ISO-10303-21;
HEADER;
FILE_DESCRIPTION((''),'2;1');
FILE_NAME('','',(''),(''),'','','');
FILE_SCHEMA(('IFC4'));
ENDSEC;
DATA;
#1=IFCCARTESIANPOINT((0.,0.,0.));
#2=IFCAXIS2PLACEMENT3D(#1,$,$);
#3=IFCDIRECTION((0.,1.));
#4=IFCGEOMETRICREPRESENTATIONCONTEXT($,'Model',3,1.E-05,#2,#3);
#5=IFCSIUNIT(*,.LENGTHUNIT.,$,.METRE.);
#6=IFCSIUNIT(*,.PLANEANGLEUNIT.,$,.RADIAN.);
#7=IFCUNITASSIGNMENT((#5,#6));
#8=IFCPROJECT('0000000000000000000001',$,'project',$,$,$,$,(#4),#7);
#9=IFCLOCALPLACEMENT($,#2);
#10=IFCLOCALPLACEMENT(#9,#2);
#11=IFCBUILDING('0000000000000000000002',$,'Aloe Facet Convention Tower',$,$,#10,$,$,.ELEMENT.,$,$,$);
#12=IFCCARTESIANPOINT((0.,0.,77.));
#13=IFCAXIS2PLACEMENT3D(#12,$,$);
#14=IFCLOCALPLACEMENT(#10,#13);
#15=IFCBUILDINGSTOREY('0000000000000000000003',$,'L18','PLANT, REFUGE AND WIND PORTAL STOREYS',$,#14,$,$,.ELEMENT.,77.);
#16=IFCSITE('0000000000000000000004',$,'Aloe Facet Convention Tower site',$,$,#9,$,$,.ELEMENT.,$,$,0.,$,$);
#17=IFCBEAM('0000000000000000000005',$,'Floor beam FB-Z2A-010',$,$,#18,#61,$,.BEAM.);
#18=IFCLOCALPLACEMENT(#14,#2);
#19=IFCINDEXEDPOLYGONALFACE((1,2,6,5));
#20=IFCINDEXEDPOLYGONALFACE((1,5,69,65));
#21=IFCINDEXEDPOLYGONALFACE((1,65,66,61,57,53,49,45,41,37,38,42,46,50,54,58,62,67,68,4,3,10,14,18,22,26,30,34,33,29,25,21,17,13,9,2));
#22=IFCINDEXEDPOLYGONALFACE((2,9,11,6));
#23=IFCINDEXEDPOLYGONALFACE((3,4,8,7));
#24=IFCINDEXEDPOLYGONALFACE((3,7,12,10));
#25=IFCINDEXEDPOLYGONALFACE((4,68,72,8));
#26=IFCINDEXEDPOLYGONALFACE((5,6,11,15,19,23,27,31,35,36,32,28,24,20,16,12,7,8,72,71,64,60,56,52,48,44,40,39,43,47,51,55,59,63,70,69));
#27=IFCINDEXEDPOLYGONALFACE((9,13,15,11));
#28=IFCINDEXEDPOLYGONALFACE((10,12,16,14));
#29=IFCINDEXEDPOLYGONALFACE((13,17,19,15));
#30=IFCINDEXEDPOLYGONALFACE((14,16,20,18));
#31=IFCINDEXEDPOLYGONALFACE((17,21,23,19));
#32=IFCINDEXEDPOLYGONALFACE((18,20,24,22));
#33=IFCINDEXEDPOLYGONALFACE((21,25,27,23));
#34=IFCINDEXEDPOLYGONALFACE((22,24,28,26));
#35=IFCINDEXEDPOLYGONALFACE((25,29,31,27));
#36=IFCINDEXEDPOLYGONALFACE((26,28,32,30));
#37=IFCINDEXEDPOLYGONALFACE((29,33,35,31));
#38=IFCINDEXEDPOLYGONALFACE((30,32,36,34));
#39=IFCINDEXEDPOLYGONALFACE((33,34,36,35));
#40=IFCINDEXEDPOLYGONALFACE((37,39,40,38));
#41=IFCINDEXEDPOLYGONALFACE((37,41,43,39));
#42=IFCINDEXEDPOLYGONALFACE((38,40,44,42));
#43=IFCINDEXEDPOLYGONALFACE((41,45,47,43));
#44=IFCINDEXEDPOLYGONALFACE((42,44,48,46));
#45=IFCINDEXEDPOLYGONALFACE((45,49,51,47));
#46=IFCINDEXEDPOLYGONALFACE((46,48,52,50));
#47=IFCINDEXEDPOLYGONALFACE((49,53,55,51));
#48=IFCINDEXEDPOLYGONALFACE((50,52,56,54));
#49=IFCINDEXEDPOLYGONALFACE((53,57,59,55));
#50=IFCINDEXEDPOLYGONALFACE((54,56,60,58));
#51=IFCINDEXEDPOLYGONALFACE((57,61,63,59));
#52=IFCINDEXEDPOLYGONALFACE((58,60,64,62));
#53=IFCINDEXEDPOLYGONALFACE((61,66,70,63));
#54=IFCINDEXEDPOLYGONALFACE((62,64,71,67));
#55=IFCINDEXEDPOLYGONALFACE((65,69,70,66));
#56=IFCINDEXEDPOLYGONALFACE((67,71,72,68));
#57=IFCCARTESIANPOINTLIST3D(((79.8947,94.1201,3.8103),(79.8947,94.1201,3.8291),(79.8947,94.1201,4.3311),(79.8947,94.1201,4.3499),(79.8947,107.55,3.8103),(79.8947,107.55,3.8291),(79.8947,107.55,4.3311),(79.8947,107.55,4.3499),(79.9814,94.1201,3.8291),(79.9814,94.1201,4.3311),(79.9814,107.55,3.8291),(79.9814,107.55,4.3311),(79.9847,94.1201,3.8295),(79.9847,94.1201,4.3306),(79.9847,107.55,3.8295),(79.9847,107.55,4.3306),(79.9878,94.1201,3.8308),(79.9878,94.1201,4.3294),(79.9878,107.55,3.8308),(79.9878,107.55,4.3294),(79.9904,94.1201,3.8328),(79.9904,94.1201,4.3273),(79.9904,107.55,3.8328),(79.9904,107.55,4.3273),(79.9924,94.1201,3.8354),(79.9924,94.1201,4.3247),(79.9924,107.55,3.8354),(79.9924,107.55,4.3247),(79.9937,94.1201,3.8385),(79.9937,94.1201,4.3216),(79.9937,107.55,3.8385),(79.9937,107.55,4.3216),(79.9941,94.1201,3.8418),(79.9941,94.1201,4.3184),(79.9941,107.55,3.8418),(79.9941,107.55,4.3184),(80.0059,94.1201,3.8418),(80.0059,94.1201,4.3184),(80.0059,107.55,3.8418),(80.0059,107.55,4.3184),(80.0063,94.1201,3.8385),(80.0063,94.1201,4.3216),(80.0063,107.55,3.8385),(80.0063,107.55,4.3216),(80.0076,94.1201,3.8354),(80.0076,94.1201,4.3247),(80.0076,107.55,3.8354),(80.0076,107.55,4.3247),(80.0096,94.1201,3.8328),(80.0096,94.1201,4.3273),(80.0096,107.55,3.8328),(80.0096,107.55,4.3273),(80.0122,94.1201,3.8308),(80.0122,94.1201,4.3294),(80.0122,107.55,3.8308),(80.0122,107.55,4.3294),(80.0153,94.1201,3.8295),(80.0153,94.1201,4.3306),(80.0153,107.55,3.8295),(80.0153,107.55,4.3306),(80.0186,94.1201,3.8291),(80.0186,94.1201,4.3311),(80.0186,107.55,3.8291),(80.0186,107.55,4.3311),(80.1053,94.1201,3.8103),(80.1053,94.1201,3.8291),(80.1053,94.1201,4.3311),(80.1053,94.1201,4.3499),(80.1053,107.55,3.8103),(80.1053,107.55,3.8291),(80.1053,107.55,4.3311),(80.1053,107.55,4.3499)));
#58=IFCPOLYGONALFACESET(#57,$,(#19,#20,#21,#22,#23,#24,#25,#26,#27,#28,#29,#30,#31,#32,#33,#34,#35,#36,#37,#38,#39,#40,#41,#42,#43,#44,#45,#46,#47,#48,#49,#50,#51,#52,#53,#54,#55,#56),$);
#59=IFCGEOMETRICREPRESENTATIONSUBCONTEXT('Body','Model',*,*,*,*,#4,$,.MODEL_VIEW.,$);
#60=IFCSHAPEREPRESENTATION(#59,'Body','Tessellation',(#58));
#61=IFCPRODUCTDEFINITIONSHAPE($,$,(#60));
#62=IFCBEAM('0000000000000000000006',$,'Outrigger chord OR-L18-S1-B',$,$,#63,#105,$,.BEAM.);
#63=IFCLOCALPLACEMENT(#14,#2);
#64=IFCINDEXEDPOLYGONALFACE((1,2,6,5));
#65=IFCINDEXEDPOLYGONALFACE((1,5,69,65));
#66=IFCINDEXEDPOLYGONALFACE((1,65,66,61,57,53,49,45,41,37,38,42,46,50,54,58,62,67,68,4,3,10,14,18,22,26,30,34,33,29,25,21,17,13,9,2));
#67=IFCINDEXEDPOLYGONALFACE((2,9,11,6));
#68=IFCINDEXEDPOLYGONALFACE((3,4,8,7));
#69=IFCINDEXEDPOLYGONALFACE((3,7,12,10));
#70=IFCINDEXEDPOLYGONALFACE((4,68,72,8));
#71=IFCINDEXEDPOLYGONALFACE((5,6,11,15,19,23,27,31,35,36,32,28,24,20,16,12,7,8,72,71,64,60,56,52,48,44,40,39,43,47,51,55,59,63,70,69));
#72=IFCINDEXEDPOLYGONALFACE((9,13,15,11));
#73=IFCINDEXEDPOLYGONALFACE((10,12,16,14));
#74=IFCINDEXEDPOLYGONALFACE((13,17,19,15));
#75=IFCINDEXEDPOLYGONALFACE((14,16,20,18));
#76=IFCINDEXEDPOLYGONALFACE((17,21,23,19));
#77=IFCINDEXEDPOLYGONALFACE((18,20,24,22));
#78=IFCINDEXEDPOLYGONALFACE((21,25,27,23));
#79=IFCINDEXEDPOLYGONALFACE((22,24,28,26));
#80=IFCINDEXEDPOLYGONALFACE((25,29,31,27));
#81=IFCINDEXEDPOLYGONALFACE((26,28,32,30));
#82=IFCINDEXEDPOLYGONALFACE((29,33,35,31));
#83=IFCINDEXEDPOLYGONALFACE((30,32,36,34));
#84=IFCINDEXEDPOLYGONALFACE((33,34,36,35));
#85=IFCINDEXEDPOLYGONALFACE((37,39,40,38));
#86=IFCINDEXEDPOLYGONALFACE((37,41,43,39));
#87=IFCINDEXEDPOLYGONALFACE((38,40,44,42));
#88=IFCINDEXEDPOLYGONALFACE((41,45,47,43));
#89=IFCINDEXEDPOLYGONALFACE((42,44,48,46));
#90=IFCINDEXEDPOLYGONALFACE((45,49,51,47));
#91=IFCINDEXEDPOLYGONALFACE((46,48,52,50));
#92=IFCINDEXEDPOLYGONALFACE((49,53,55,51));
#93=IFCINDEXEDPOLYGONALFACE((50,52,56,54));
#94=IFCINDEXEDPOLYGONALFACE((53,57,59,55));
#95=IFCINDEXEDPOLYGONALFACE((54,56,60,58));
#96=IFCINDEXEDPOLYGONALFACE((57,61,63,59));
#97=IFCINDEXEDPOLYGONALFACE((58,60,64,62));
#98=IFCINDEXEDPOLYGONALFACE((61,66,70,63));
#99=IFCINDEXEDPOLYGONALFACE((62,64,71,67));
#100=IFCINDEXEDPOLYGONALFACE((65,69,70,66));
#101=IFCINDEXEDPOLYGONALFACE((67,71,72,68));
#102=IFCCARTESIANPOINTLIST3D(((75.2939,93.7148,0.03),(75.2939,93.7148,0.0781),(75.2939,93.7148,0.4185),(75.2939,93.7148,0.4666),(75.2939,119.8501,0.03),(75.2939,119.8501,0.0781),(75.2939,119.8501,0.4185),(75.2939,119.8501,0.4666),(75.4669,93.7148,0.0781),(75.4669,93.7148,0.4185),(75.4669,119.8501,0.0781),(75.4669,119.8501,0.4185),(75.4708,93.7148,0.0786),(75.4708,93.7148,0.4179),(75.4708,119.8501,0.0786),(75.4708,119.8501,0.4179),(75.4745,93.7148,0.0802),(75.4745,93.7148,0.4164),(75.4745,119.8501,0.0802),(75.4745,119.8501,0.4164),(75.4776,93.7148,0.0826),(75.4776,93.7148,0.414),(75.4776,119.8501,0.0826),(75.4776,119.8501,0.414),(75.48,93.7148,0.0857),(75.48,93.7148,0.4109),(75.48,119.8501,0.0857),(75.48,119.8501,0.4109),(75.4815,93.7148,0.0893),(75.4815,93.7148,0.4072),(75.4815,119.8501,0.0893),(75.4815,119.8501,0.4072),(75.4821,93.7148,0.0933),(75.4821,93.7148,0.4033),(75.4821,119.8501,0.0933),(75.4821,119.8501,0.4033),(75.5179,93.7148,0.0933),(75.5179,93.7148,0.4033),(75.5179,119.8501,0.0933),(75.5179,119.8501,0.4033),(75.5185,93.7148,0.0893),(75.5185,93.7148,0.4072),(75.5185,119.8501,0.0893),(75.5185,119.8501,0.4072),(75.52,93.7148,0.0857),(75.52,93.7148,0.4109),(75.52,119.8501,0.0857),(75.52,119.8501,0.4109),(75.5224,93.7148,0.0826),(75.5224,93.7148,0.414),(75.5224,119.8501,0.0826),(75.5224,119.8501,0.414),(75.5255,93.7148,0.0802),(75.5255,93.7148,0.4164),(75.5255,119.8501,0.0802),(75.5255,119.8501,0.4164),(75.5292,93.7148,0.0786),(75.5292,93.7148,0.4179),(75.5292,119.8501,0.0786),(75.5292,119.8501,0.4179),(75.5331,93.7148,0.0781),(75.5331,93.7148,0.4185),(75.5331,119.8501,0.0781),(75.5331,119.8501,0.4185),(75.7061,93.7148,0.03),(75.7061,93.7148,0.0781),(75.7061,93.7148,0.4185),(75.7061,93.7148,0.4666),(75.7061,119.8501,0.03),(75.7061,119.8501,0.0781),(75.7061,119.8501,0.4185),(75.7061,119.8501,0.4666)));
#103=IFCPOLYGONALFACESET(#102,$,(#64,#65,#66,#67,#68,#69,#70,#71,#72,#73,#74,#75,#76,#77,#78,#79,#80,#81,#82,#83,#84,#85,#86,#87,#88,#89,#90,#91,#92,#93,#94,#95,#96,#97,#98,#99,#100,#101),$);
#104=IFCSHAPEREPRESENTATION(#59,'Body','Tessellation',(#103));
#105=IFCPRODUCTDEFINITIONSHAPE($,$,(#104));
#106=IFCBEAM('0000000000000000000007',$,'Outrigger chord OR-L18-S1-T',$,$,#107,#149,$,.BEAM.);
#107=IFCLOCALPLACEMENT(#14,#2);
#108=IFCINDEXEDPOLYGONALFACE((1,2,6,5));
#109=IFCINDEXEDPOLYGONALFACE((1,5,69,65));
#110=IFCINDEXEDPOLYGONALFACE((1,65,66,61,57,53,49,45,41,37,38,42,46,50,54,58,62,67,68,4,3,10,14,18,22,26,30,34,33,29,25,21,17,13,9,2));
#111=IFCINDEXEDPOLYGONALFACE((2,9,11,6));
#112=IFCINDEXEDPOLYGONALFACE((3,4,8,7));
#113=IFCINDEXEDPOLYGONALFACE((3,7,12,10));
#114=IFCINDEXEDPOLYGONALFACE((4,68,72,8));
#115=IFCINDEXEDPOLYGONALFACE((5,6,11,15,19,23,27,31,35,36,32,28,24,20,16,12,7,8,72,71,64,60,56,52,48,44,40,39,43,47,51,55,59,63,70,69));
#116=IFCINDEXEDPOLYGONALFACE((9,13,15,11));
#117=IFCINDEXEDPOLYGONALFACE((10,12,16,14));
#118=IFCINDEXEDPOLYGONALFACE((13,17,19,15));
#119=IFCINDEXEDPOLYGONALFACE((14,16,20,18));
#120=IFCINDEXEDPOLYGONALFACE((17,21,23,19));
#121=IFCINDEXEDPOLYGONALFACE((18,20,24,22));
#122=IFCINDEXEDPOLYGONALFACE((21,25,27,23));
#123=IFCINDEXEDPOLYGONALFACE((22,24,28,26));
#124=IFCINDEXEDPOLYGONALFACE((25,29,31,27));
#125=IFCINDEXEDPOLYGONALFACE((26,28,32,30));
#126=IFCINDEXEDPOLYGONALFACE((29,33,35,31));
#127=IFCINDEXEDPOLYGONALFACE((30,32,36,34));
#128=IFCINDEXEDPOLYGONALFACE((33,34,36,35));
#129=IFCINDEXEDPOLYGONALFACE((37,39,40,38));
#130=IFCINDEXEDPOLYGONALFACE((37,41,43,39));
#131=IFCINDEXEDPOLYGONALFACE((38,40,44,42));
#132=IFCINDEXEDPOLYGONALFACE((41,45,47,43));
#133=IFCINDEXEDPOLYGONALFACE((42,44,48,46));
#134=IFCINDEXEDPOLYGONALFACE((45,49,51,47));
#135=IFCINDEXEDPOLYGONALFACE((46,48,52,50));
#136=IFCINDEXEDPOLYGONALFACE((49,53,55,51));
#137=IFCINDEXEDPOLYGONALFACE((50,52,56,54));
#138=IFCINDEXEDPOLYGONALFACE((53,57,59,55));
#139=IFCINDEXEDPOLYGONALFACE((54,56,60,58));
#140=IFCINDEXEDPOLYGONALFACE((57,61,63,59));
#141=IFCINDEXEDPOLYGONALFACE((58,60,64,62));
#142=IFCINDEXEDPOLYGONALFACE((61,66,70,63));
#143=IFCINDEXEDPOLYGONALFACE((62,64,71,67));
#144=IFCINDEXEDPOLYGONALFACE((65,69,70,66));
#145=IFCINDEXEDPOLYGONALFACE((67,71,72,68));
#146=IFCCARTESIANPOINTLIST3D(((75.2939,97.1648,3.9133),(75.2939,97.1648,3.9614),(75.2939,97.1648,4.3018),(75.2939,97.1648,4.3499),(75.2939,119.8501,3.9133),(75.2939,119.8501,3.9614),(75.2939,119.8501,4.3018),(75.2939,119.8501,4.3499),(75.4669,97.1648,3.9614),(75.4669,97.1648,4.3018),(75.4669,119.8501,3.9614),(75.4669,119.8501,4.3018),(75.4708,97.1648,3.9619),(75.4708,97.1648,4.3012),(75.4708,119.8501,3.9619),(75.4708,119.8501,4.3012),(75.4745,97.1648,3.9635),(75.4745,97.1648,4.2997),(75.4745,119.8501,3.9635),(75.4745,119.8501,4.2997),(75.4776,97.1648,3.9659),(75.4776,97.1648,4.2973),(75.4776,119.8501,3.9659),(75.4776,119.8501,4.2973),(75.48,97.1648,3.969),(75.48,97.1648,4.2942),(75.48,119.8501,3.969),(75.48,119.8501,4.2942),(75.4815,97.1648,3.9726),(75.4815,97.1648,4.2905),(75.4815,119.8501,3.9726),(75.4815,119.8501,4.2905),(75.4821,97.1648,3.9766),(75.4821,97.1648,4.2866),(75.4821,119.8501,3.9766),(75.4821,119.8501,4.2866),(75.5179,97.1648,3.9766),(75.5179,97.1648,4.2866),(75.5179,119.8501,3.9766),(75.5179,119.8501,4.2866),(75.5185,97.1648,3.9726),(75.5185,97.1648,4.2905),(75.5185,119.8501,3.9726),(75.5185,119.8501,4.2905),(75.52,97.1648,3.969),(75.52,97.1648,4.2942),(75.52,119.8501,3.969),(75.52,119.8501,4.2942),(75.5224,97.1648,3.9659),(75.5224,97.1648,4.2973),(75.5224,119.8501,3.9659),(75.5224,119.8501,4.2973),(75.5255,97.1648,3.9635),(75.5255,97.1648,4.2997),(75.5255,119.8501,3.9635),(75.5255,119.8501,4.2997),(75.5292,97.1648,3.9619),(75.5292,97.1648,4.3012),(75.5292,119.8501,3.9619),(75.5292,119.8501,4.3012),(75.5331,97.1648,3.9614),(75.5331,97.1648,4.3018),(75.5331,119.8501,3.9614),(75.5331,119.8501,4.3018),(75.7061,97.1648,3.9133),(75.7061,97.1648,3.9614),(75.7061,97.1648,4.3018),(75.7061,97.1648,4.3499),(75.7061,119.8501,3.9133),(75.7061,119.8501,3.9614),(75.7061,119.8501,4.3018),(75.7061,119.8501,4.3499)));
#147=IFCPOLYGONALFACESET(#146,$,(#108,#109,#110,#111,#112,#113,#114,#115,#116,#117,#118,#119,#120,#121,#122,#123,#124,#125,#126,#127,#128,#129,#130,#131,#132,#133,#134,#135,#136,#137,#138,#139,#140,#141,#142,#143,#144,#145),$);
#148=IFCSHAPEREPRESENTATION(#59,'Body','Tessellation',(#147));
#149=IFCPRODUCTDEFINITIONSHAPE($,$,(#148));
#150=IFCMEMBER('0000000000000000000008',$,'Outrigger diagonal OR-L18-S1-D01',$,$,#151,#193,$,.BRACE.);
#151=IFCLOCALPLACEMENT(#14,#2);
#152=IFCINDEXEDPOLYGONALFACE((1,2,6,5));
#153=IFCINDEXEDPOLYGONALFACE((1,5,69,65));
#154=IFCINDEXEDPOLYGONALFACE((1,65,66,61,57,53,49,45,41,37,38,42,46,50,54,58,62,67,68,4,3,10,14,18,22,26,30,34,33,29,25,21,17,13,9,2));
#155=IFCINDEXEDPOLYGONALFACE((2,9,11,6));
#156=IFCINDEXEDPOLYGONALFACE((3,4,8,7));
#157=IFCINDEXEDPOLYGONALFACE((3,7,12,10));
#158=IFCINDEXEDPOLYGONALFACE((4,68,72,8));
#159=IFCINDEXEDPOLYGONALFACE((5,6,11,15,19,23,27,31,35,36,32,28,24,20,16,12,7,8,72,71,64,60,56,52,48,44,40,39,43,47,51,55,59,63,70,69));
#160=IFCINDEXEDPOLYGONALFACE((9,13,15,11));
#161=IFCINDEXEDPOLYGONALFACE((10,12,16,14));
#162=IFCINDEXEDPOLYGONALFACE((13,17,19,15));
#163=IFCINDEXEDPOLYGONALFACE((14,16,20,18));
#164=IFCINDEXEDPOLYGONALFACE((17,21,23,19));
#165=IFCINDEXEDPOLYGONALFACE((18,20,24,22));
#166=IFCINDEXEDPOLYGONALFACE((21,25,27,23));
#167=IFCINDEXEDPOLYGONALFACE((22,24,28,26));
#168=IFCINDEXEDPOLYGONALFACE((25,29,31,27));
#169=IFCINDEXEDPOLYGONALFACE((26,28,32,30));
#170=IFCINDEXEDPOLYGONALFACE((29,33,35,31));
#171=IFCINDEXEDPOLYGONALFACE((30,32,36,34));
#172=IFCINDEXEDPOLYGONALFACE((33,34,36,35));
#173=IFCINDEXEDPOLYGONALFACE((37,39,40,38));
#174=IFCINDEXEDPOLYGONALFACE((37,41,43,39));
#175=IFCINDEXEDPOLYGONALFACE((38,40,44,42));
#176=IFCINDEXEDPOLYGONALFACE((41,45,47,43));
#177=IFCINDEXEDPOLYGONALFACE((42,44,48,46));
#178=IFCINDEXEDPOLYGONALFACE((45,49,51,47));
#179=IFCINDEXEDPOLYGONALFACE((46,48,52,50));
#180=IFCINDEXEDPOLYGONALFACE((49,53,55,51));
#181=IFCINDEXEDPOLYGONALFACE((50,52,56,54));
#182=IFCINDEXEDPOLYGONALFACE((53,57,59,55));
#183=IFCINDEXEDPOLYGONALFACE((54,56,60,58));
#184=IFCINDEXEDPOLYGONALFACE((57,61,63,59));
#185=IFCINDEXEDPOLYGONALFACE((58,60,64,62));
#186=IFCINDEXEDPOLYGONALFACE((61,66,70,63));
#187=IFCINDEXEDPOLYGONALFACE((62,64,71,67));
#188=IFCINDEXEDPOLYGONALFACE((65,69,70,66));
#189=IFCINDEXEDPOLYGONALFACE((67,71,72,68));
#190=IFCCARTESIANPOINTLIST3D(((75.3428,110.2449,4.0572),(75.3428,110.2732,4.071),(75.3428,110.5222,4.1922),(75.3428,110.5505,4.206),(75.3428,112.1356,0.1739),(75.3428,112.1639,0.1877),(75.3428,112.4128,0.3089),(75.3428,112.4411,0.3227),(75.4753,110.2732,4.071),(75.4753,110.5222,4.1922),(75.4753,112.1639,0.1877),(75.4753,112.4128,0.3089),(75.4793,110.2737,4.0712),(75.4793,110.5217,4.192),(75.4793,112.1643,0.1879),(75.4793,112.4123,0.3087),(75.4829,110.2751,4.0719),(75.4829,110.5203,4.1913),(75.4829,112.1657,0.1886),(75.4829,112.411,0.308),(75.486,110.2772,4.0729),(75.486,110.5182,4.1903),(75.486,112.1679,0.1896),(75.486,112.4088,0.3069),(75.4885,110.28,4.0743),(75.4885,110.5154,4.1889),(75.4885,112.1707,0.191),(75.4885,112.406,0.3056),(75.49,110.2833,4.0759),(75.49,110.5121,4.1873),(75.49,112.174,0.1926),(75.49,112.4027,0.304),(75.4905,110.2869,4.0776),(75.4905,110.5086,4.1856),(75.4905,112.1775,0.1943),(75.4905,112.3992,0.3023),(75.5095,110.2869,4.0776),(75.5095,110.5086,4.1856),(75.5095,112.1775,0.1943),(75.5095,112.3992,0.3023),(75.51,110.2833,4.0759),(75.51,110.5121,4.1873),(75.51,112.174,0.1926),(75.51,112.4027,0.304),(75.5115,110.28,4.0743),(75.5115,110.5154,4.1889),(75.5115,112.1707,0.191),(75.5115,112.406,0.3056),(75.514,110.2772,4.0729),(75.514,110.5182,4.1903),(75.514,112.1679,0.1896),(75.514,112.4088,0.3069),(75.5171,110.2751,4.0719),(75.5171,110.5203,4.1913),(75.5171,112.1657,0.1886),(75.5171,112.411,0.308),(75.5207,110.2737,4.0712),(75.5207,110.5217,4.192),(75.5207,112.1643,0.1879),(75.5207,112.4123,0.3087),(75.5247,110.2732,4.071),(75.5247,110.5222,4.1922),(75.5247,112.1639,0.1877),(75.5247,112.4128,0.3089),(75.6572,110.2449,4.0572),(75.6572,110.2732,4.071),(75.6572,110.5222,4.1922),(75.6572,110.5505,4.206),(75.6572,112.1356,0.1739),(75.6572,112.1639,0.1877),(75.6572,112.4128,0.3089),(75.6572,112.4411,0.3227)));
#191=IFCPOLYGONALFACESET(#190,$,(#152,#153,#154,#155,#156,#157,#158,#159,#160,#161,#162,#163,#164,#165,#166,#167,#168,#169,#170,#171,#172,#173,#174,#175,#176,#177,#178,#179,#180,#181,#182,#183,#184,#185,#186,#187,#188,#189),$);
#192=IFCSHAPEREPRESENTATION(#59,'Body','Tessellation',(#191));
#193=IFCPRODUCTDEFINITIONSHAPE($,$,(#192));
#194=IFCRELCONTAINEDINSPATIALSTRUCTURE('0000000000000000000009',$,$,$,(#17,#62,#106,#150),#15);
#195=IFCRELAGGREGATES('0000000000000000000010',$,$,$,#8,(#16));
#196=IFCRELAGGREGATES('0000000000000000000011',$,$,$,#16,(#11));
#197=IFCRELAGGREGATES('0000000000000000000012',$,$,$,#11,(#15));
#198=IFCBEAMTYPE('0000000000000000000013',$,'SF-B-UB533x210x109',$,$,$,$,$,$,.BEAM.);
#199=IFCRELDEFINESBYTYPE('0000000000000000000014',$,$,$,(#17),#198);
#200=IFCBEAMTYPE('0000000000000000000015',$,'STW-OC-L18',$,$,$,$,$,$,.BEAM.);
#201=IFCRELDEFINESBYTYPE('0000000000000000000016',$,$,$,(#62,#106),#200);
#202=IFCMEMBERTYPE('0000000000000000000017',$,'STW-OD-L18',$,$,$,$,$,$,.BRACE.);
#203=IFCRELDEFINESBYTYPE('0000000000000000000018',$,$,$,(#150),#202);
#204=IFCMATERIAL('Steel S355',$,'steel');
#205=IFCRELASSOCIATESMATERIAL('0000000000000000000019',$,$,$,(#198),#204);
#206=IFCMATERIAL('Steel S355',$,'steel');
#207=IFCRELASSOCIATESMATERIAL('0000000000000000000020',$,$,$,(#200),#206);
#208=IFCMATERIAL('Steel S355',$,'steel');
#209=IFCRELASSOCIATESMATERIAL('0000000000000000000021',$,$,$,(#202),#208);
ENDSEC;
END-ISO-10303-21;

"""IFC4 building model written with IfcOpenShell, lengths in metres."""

from ifc_helpers import new_model, si_unit, direction, frame, origin, origin_2d, place, context, subcontext, project, spatial, i_section, extrude, material, material_profile, profile_set, type_object, element, save


model = new_model("IFC4")

# Units and contexts
model_context = context("Model", 3, precision=1e-05, world=origin(), true_north=direction((0.0, 1.0)))
body_context = subcontext(model_context, "Body", "Model", "MODEL_VIEW")
ifc_project = project(units=[si_unit("LENGTHUNIT", "METRE"), si_unit("PLANEANGLEUNIT", "RADIAN")], contexts=[model_context])

# Site, building, storey
site_placement = place(None, origin())
site = spatial("IfcSite", under=ifc_project, at=site_placement, Name="Aloe Facet Convention Tower site", CompositionType="ELEMENT", RefElevation=0.0)
building_placement = place(site_placement, origin())
building = spatial("IfcBuilding", under=site, at=building_placement, Name="Aloe Facet Convention Tower", CompositionType="ELEMENT")
storey_placement = place(building_placement, frame((0.0, 0.0, 77.0)))
storey = spatial("IfcBuildingStorey", under=building, at=storey_placement, Name="L18", Description="PLANT, REFUGE AND WIND PORTAL STOREYS", CompositionType="ELEMENT", Elevation=77.0)

# Beams
ifc_material_1 = material(Name="Steel S355", Category="steel")
ifc_material_profile_1 = material_profile(ifc_material_1, i_section(OverallWidth=0.2107, OverallDepth=0.5396, WebThickness=0.0117, FlangeThickness=0.0188, FilletRadius=0.0127, at=origin_2d()), Name="UB 533x210x109")
ifc_profile_set_1 = profile_set([ifc_material_profile_1], Name="Steel S355")
beam_type_1 = type_object("IfcBeamType", Name="SF-B-UB533x210x109", PredefinedType="BEAM", material=ifc_profile_set_1)
beam_1_placement = place(storey_placement, frame((80.0, 107.55, 4.0801), z_axis=(0.0, -1.0, 0.0), x_axis=(1.0, 0.0, 0.0)))
element("IfcBeam", 1, at=beam_1_placement, inside=storey, type_object=beam_type_1, Name="Floor beam FB-Z2A-010", PredefinedType="BEAM", context=body_context, shape_type="SweptSolid", body=[
    extrude(i_section(OverallWidth=0.2107, OverallDepth=0.5396, WebThickness=0.0117, FlangeThickness=0.0188, FilletRadius=0.0127, at=origin_2d()), origin(), (0.0, 0.0, 1.0), 13.4299),
])
ifc_material_2 = material(Name="Steel S355", Category="steel")
ifc_material_profile_2 = material_profile(ifc_material_2, i_section(OverallWidth=0.4121, OverallDepth=0.4365, WebThickness=0.0359, FlangeThickness=0.0481, FilletRadius=0.0151, at=origin_2d()), Name="UC 356x406x467")
ifc_profile_set_2 = profile_set([ifc_material_profile_2], Name="Steel S355")
beam_type_2 = type_object("IfcBeamType", Name="STW-OC-L18", PredefinedType="BEAM", material=ifc_profile_set_2)
beam_2_placement = place(storey_placement, frame((75.5, 119.8501, 0.2483), z_axis=(0.0, -1.0, 0.0), x_axis=(1.0, 0.0, 0.0)))
element("IfcBeam", 2, at=beam_2_placement, inside=storey, type_object=beam_type_2, Name="Outrigger chord OR-L18-S1-B", PredefinedType="BEAM", context=body_context, shape_type="SweptSolid", body=[
    extrude(i_section(OverallWidth=0.4121, OverallDepth=0.4365, WebThickness=0.0359, FlangeThickness=0.0481, FilletRadius=0.0151, at=origin_2d()), origin(), (0.0, 0.0, 1.0), 26.1353),
])
beam_3_placement = place(storey_placement, frame((75.5, 119.8501, 4.1316), z_axis=(0.0, -1.0, 0.0), x_axis=(1.0, 0.0, 0.0)))
element("IfcBeam", 3, at=beam_3_placement, inside=storey, type_object=beam_type_2, Name="Outrigger chord OR-L18-S1-T", PredefinedType="BEAM", context=body_context, shape_type="SweptSolid", body=[
    extrude(i_section(OverallWidth=0.4121, OverallDepth=0.4365, WebThickness=0.0359, FlangeThickness=0.0481, FilletRadius=0.0151, at=origin_2d()), origin(), (0.0, 0.0, 1.0), 22.6853),
])

# Member
ifc_material_3 = material(Name="Steel S355", Category="steel")
ifc_material_profile_3 = material_profile(ifc_material_3, i_section(OverallWidth=0.3145, OverallDepth=0.3398, WebThickness=0.019, FlangeThickness=0.0315, FilletRadius=0.0151, at=origin_2d()), Name="UC 305x305x198")
ifc_profile_set_3 = profile_set([ifc_material_profile_3], Name="Steel S355")
member_type = type_object("IfcMemberType", Name="STW-OD-L18", PredefinedType="BRACE", material=ifc_profile_set_3)
for number, where, z_axis, x_axis, name in (
    (4, (75.5, 112.2883, 0.2483), (0.0, -0.437737, 0.899103), (1.0, 0.0, 0.0), "Outrigger diagonal OR-L18-S1-D01"),
):
    element("IfcMember", number, at=place(storey_placement, frame(where, z_axis=z_axis, x_axis=x_axis)), inside=storey, type_object=member_type, Name=name, PredefinedType="BRACE", context=body_context, shape_type="SweptSolid", body=[
        extrude(i_section(OverallWidth=0.3145, OverallDepth=0.3398, WebThickness=0.019, FlangeThickness=0.0315, FilletRadius=0.0151, at=origin_2d()), origin(), (0.0, 0.0, 1.0), 4.3191),
    ])

save(model, "model.ifc")
